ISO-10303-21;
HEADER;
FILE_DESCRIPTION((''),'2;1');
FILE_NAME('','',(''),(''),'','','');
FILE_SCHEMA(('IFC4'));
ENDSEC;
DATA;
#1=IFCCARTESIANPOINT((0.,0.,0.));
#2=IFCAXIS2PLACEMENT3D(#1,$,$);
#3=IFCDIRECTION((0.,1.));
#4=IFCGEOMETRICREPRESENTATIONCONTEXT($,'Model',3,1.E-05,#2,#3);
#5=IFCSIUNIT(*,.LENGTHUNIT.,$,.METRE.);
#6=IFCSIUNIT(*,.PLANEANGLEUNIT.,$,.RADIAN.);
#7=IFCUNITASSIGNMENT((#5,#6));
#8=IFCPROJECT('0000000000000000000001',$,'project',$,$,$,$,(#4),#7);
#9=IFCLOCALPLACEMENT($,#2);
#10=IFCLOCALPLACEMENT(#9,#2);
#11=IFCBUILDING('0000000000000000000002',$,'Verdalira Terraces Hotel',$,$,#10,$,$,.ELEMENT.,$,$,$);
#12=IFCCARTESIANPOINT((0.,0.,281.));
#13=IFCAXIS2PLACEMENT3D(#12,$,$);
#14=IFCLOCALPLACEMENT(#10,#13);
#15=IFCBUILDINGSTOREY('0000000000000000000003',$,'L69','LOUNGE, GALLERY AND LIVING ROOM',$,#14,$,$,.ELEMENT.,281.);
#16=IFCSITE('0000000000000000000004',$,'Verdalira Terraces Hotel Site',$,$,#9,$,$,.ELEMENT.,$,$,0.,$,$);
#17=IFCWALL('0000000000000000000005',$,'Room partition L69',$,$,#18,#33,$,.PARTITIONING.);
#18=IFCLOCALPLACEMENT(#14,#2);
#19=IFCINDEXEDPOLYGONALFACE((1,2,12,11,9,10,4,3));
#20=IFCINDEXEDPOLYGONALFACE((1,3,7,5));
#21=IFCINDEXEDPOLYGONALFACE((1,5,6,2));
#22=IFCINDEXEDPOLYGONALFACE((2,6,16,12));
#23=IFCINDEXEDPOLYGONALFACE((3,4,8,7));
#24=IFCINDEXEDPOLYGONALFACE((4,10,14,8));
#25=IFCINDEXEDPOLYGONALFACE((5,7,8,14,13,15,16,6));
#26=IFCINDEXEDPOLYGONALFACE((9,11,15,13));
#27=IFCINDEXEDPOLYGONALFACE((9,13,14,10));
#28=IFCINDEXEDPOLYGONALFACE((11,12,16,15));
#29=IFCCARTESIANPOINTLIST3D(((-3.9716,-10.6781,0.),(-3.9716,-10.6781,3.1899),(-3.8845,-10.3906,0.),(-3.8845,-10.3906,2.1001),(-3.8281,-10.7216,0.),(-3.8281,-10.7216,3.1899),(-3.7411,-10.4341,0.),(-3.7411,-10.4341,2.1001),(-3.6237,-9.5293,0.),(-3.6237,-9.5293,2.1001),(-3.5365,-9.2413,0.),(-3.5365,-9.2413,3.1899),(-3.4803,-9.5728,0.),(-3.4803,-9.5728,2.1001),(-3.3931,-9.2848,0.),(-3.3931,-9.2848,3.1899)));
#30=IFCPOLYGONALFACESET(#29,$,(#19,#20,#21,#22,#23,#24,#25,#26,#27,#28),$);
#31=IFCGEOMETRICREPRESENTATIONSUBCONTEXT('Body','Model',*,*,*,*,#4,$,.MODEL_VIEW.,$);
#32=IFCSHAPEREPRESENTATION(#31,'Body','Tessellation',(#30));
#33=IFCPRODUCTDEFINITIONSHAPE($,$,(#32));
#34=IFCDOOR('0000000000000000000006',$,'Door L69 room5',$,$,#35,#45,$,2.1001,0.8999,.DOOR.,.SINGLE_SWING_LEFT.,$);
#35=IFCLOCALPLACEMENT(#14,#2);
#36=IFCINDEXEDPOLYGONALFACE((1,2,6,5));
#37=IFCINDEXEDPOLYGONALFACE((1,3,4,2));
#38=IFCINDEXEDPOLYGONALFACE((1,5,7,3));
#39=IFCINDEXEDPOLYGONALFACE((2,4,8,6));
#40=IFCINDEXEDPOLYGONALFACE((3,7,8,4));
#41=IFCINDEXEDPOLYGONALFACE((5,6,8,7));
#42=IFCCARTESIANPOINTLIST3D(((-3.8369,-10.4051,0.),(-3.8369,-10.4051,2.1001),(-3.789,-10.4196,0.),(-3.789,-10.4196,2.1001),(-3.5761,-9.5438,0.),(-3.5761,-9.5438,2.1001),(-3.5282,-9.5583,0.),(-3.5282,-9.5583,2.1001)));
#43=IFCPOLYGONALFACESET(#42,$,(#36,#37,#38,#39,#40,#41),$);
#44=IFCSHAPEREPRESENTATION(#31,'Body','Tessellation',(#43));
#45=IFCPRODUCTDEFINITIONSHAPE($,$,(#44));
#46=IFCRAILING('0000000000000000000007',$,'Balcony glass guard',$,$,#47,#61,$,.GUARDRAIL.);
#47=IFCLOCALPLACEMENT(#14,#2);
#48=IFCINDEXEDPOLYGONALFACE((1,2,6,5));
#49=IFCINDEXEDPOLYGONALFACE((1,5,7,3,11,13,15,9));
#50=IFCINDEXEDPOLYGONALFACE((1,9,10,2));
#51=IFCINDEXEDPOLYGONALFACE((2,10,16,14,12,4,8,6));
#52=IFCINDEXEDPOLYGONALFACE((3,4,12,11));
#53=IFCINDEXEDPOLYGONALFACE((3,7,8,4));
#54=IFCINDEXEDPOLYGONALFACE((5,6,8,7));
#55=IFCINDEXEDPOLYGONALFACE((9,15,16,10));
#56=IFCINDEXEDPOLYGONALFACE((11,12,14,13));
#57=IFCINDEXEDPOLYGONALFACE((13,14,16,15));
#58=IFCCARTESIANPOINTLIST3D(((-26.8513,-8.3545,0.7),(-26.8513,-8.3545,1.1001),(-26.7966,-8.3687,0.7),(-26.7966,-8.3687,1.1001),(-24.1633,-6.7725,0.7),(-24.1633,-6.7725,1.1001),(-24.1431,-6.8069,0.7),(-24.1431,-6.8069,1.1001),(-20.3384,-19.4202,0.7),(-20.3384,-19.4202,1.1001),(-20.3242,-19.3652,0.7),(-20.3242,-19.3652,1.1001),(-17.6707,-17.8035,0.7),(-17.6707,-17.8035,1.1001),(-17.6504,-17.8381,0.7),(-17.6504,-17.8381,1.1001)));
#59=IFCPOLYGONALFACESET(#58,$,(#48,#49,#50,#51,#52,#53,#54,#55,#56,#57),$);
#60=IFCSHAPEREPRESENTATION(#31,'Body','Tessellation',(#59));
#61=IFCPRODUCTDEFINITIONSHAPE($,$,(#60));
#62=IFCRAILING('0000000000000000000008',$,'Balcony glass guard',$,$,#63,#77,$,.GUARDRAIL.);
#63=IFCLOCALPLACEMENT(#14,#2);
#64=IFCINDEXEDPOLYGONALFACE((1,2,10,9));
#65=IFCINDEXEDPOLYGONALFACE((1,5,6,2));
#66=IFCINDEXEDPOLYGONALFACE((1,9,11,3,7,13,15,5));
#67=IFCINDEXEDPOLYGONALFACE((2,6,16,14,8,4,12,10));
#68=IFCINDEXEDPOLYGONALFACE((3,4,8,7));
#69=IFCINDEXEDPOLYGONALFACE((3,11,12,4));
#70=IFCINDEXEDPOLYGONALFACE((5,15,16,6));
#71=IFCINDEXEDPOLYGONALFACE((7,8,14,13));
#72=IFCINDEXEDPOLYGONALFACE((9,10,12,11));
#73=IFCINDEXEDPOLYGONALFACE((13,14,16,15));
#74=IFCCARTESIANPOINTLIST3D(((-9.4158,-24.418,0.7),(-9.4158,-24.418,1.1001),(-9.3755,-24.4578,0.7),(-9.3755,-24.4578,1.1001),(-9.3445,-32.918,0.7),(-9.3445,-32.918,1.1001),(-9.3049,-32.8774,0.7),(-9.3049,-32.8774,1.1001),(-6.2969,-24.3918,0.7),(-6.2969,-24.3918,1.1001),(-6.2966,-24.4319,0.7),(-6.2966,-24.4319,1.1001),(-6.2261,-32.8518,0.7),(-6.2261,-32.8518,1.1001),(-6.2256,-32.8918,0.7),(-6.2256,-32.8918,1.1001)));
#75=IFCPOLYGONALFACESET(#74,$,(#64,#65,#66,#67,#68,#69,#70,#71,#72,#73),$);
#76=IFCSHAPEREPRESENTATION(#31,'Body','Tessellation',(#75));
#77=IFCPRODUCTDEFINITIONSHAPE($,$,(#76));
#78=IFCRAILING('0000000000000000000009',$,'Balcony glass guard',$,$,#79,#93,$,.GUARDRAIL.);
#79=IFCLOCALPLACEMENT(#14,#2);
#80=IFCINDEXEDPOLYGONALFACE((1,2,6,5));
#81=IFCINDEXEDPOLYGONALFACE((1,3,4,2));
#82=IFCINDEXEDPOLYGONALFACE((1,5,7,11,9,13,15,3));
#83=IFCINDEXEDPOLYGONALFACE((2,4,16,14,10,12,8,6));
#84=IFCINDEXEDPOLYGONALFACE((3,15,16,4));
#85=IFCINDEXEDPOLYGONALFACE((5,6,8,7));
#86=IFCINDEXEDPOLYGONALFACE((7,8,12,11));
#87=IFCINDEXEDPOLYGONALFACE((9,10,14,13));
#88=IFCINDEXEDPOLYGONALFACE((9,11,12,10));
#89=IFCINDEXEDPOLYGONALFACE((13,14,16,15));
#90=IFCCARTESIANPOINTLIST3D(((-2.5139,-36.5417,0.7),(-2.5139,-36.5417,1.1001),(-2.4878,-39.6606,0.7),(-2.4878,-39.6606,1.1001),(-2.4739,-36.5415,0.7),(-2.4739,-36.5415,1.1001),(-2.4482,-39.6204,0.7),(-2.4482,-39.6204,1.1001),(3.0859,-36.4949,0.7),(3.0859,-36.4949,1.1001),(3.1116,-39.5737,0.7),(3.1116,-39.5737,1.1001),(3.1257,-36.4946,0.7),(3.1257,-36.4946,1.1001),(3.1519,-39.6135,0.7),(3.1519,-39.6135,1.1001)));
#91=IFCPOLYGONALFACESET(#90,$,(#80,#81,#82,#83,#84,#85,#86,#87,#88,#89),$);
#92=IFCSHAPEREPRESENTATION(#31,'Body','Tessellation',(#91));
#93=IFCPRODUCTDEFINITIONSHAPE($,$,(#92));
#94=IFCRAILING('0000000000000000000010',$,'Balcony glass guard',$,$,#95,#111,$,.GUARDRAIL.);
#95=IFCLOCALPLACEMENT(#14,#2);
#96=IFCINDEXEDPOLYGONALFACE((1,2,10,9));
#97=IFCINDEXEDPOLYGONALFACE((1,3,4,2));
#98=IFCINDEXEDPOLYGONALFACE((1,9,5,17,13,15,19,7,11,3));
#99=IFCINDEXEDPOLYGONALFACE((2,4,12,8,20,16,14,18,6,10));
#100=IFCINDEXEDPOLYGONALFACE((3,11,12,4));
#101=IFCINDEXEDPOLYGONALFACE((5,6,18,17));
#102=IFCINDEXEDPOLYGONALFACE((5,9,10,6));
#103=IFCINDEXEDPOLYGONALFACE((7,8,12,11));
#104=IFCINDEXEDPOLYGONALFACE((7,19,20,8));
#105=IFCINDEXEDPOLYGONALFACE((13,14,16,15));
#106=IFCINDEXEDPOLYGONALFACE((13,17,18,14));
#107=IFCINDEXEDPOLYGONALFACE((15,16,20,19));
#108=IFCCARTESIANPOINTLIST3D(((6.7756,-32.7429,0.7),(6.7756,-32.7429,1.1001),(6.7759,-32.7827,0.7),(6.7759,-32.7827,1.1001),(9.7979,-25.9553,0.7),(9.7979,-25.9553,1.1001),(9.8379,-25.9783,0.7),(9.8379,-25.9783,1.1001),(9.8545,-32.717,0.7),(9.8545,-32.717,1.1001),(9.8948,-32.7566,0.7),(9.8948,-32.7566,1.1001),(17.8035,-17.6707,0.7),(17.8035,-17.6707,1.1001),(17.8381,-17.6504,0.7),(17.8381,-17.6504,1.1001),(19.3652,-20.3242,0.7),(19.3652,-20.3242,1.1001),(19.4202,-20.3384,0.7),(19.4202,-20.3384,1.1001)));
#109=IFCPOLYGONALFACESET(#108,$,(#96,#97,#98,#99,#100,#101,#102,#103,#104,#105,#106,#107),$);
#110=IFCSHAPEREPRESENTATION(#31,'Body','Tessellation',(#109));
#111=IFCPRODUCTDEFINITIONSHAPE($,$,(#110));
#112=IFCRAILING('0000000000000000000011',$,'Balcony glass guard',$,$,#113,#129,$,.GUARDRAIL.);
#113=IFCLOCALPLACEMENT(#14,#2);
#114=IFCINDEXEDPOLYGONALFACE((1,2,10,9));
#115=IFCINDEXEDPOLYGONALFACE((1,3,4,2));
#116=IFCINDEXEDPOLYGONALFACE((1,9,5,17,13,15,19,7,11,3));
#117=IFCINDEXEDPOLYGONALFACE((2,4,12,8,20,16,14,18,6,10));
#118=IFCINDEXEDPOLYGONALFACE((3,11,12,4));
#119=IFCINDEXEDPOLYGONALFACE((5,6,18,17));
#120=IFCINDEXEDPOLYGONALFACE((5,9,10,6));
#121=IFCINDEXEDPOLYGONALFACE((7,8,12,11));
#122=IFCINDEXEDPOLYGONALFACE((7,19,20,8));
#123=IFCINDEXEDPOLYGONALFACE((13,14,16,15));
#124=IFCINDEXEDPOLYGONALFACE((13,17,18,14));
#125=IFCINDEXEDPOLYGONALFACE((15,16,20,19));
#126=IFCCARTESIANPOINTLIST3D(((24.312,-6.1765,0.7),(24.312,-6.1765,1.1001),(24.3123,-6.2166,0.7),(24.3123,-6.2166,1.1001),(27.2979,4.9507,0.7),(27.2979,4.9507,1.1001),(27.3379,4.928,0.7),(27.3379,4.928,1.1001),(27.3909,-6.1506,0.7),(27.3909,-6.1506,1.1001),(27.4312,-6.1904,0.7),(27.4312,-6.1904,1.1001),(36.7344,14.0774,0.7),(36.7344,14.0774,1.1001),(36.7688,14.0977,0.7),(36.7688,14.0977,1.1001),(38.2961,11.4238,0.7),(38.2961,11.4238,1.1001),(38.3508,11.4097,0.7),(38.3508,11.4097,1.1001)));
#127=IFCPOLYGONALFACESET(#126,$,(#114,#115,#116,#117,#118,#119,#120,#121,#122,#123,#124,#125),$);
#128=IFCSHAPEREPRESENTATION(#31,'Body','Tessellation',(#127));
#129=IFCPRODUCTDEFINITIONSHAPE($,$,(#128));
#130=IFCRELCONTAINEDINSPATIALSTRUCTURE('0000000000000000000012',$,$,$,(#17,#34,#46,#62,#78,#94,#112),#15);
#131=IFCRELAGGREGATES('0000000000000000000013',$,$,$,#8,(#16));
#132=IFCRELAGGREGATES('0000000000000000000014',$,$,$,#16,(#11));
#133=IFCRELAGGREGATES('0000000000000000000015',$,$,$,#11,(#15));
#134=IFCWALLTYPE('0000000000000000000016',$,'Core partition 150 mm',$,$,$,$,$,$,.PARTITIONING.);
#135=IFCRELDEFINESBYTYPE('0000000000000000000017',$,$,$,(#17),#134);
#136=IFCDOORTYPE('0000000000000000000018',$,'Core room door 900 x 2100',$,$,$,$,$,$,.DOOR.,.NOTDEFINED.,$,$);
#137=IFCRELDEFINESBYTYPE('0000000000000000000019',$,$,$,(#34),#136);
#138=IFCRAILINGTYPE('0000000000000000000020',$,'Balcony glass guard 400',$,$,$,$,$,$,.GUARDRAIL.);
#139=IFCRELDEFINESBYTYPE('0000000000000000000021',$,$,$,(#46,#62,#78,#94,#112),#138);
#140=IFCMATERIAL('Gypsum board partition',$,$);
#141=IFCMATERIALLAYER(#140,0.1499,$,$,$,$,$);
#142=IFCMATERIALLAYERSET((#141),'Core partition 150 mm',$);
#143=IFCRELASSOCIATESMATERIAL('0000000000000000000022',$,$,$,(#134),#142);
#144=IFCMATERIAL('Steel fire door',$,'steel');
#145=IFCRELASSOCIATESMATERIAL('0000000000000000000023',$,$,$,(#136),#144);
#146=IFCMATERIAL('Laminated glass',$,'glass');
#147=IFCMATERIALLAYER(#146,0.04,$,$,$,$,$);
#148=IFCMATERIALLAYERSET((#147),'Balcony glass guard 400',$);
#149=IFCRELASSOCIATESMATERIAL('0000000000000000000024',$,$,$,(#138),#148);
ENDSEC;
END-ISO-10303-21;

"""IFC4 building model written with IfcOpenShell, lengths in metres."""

from ifc_helpers import new_model, si_unit, direction, frame, frame_2d, origin, place, context, subcontext, project, spatial, polyline, rectangle, outline, extrude, material, layer, layer_set, type_object, element, fill, save


model = new_model("IFC4")

# Units and contexts
model_context = context("Model", 3, precision=1e-05, world=origin(), true_north=direction((0.0, 1.0)))
body_context = subcontext(model_context, "Body", "Model", "MODEL_VIEW")
ifc_project = project(units=[si_unit("LENGTHUNIT", "METRE"), si_unit("PLANEANGLEUNIT", "RADIAN")], contexts=[model_context])

# Site, building, storey
site_placement = place(None, origin())
site = spatial("IfcSite", under=ifc_project, at=site_placement, Name="Verdalira Terraces Hotel Site", CompositionType="ELEMENT", RefElevation=0.0)
building_placement = place(site_placement, origin())
building = spatial("IfcBuilding", under=site, at=building_placement, Name="Verdalira Terraces Hotel", CompositionType="ELEMENT")
storey_placement = place(building_placement, frame((0.0, 0.0, 281.0)))
storey = spatial("IfcBuildingStorey", under=building, at=storey_placement, Name="L69", Description="LOUNGE, GALLERY AND LIVING ROOM", CompositionType="ELEMENT", Elevation=281.0)

# Wall, opening, door
ifc_material_1 = material(Name="Gypsum board partition")
ifc_layer_1 = layer(ifc_material_1, 0.1499)
ifc_layer_set_1 = layer_set([ifc_layer_1], Name="Core partition 150 mm")
wall_type = type_object("IfcWallType", Name="Core partition 150 mm", PredefinedType="PARTITIONING", material=ifc_layer_set_1)
wall_placement = place(storey_placement, frame((-3.4648, -9.2632, 0.0), z_axis=(0.0, 0.0, 1.0), x_axis=(-0.289809, -0.957085, 0.0)))
wall = element("IfcWall", 1, at=wall_placement, inside=storey, type_object=wall_type, Name="Room partition L69", PredefinedType="PARTITIONING", context=body_context, shape_type="SweptSolid", body=[
    extrude(rectangle(XDim=1.5012, YDim=0.1499, at=frame_2d((0.7505, 0.0))), origin(), (0.0, 0.0, 1.0), 3.1899),
])
opening_placement = place(wall_placement, frame((0.3008, 0.0, 0.0)))
opening = element("IfcOpeningElement", 2, at=opening_placement, cuts=wall, PredefinedType="OPENING", context=body_context, shape_type="SweptSolid", body=[
    extrude(rectangle(XDim=0.8999, YDim=2.1001, at=frame_2d((0.45, 1.05))), frame((0.0, 0.085, 0.0), z_axis=(0.0, -1.0, 0.0), x_axis=(1.0, 0.0, 0.0)), (0.0, 0.0, 1.0), 0.1699),
])
ifc_material_2 = material(Name="Steel fire door", Category="steel")
door_type = type_object("IfcDoorType", Name="Core room door 900 x 2100", OperationType="NOTDEFINED", PredefinedType="DOOR", material=ifc_material_2)
door_placement = place(opening_placement, origin())
door = element("IfcDoor", 3, at=door_placement, inside=storey, type_object=door_type, Name="Door L69 room5", OperationType="SINGLE_SWING_LEFT", OverallHeight=2.1001, OverallWidth=0.8999, PredefinedType="DOOR", context=body_context, shape_type="SweptSolid", body=[
    extrude(rectangle(XDim=0.8999, YDim=2.1001, at=frame_2d((0.45, 1.05))), frame((0.0, 0.0249, 0.0), z_axis=(0.0, -1.0, 0.0), x_axis=(1.0, 0.0, 0.0)), (0.0, 0.0, 1.0), 0.05),
])
fill(opening, door)

# Railings
ifc_material_3 = material(Name="Laminated glass", Category="glass")
ifc_layer_2 = layer(ifc_material_3, 0.04)
ifc_layer_set_2 = layer_set([ifc_layer_2], Name="Balcony glass guard 400")
railing_type = type_object("IfcRailingType", Name="Balcony glass guard 400", PredefinedType="GUARDRAIL", material=ifc_layer_set_2)
railing_1_placement = place(storey_placement, frame((0.0, 0.0, 0.7)))
element("IfcRailing", 4, at=railing_1_placement, inside=storey, type_object=railing_type, Name="Balcony glass guard", PredefinedType="GUARDRAIL", context=body_context, shape_type="SweptSolid", body=[
    extrude(outline(polyline([(-26.7966, -8.3687), (-20.3242, -19.3652), (-17.6707, -17.8035), (-17.6504, -17.8381), (-20.3384, -19.4202), (-26.8513, -8.3545), (-24.1633, -6.7725), (-24.1431, -6.8069), (-26.7966, -8.3687)])), origin(), (0.0, 0.0, 1.0), 0.4001),
])
railing_2_placement = place(storey_placement, frame((0.0, 0.0, 0.7)))
element("IfcRailing", 5, at=railing_2_placement, inside=storey, type_object=railing_type, Name="Balcony glass guard", PredefinedType="GUARDRAIL", context=body_context, shape_type="SweptSolid", body=[
    extrude(outline(polyline([(-9.3755, -24.4578), (-9.3049, -32.8774), (-6.2261, -32.8518), (-6.2256, -32.8918), (-9.3445, -32.918), (-9.4158, -24.418), (-6.2969, -24.3918), (-6.2966, -24.4319), (-9.3755, -24.4578)])), origin(), (0.0, 0.0, 1.0), 0.4001),
])
railing_3_placement = place(storey_placement, frame((0.0, 0.0, 0.7)))
element("IfcRailing", 6, at=railing_3_placement, inside=storey, type_object=railing_type, Name="Balcony glass guard", PredefinedType="GUARDRAIL", context=body_context, shape_type="SweptSolid", body=[
    extrude(outline(polyline([(-2.4482, -39.6204), (3.1116, -39.5737), (3.0859, -36.4949), (3.1257, -36.4946), (3.1519, -39.6135), (-2.4878, -39.6606), (-2.5139, -36.5417), (-2.4739, -36.5415), (-2.4482, -39.6204)])), origin(), (0.0, 0.0, 1.0), 0.4001),
])
railing_4_placement = place(storey_placement, frame((0.0, 0.0, 0.7)))
element("IfcRailing", 7, at=railing_4_placement, inside=storey, type_object=railing_type, Name="Balcony glass guard", PredefinedType="GUARDRAIL", context=body_context, shape_type="SweptSolid", body=[
    extrude(outline(polyline([(9.8545, -32.717), (9.7979, -25.9553), (19.3652, -20.3242), (17.8035, -17.6707), (17.8381, -17.6504), (19.4202, -20.3384), (9.8379, -25.9783), (9.8948, -32.7566), (6.7759, -32.7827), (6.7756, -32.7429), (9.8545, -32.717)])), origin(), (0.0, 0.0, 1.0), 0.4001),
])
railing_5_placement = place(storey_placement, frame((0.0, 0.0, 0.7)))
element("IfcRailing", 8, at=railing_5_placement, inside=storey, type_object=railing_type, Name="Balcony glass guard", PredefinedType="GUARDRAIL", context=body_context, shape_type="SweptSolid", body=[
    extrude(outline(polyline([(27.3909, -6.1506), (27.2979, 4.9507), (38.2961, 11.4238), (36.7344, 14.0774), (36.7688, 14.0977), (38.3508, 11.4097), (27.3379, 4.928), (27.4312, -6.1904), (24.3123, -6.2166), (24.312, -6.1765), (27.3909, -6.1506)])), origin(), (0.0, 0.0, 1.0), 0.4001),
])

save(model, "model.ifc")
